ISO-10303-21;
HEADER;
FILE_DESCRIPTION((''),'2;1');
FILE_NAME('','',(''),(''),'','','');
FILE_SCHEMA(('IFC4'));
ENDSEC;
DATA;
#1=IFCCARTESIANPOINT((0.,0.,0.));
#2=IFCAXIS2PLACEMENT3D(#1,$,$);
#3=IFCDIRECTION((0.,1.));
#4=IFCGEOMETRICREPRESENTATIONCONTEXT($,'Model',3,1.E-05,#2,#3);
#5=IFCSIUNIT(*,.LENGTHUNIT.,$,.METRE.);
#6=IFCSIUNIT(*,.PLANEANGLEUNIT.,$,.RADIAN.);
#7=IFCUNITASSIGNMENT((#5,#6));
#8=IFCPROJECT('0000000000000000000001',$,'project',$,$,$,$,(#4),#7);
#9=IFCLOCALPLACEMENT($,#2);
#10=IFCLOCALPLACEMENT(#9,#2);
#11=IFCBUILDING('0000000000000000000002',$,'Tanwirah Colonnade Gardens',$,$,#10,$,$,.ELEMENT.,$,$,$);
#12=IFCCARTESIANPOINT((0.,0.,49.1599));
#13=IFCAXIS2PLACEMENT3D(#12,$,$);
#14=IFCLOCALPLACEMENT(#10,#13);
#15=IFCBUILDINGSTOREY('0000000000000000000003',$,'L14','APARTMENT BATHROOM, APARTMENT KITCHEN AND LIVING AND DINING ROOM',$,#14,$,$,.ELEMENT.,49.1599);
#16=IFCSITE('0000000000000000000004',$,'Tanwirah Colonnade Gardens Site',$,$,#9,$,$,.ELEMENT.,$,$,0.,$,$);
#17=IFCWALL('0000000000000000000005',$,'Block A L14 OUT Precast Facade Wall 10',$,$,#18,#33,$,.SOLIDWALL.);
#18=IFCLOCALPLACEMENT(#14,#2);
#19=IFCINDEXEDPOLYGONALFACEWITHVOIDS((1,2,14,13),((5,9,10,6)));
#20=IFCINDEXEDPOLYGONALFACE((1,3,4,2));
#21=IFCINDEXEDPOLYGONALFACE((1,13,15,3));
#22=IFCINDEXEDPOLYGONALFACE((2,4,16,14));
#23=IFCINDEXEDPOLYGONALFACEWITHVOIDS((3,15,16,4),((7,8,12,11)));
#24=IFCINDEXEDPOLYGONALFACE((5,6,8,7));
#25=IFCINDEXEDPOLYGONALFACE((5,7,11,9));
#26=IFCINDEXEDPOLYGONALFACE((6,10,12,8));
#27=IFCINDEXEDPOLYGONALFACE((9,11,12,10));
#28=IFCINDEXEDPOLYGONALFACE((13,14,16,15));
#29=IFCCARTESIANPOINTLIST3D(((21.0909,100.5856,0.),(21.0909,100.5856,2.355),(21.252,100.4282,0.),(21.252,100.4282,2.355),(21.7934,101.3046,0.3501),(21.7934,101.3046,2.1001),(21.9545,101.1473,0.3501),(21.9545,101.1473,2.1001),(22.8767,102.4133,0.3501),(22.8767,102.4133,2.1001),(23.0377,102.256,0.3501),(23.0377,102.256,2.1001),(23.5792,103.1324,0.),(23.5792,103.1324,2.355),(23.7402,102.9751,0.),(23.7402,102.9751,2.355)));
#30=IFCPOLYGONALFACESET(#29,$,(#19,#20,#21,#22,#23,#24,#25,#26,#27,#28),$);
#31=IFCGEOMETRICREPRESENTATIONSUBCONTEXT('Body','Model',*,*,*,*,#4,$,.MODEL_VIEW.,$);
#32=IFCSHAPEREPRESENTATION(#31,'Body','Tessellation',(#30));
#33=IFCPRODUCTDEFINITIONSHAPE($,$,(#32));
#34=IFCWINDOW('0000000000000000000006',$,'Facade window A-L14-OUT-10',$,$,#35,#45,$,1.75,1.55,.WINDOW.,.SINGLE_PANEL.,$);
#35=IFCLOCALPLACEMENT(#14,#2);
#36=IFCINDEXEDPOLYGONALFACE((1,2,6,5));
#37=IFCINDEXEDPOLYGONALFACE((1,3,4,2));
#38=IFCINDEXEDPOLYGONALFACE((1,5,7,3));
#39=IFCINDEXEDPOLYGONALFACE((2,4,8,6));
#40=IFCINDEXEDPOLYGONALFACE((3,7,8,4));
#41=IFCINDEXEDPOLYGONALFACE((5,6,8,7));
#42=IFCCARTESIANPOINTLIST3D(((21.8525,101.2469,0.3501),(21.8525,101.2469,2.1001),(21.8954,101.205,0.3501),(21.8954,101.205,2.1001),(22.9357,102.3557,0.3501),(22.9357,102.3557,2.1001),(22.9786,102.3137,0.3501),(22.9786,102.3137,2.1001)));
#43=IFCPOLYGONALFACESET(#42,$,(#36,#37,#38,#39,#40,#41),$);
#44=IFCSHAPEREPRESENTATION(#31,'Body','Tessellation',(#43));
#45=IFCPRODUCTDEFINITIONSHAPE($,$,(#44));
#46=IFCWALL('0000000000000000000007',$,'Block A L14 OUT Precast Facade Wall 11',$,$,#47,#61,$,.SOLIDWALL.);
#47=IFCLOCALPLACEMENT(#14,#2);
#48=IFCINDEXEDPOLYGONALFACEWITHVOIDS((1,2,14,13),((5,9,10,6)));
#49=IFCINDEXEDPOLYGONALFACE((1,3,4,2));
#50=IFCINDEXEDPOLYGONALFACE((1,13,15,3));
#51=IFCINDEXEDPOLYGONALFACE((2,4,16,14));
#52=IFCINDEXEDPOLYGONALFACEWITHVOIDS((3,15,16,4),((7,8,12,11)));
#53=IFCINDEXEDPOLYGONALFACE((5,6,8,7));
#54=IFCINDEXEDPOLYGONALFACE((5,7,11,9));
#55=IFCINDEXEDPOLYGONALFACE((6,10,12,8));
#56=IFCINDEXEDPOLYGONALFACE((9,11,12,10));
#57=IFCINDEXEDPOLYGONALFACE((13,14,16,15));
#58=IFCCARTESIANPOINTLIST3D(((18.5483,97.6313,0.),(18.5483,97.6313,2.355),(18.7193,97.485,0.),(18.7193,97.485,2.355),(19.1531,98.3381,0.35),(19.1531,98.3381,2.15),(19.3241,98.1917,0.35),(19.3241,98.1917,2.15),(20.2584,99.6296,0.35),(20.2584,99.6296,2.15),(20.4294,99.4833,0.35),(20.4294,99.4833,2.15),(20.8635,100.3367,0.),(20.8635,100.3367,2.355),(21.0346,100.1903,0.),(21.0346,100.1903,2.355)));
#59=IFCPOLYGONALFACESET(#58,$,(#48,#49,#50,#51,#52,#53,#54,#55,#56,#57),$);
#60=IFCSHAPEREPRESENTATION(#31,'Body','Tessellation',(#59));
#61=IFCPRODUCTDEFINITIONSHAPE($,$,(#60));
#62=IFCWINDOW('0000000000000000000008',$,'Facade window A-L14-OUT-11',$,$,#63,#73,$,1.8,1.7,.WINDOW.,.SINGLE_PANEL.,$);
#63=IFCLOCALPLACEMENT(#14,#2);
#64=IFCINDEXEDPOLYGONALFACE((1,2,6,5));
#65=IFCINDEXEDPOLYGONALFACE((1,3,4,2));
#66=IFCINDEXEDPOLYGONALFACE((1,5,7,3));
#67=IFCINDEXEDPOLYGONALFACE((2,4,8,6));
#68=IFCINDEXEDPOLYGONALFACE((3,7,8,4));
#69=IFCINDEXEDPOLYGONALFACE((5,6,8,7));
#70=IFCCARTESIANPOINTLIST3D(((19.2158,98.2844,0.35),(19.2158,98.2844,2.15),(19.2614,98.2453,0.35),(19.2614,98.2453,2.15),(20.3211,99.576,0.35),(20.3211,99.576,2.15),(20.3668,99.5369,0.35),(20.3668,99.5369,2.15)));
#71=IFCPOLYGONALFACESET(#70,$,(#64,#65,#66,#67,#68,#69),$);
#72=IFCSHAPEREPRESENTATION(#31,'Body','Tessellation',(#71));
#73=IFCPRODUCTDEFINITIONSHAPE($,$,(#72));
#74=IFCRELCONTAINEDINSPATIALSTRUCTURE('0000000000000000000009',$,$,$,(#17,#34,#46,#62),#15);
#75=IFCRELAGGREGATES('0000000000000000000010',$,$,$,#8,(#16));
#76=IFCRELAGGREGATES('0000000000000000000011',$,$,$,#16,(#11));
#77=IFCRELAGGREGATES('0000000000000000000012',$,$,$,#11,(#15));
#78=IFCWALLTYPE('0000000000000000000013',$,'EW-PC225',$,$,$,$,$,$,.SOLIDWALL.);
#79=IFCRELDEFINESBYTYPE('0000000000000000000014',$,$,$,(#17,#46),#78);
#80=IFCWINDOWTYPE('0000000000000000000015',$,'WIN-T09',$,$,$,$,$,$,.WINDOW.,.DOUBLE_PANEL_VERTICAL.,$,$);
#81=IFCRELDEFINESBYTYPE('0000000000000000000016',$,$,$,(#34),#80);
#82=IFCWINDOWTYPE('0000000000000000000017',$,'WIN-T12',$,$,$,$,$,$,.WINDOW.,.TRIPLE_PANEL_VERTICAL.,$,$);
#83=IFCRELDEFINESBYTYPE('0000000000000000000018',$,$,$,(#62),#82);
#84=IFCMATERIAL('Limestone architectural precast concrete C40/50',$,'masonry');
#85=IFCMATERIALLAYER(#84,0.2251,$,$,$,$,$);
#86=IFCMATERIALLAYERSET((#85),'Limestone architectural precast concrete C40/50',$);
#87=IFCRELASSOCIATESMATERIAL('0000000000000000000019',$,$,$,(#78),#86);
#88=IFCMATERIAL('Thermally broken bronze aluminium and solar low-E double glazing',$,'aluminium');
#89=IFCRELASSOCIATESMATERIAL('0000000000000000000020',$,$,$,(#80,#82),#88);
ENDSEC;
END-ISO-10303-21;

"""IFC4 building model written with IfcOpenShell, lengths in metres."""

from ifc_helpers import new_model, si_unit, direction, frame, frame_2d, origin, place, context, subcontext, project, spatial, rectangle, extrude, material, layer, layer_set, type_object, element, fill, save


model = new_model("IFC4")

# Units and contexts
model_context = context("Model", 3, precision=1e-05, world=origin(), true_north=direction((0.0, 1.0)))
body_context = subcontext(model_context, "Body", "Model", "MODEL_VIEW")
ifc_project = project(units=[si_unit("LENGTHUNIT", "METRE"), si_unit("PLANEANGLEUNIT", "RADIAN")], contexts=[model_context])

# Site, building, storey
site_placement = place(None, origin())
site = spatial("IfcSite", under=ifc_project, at=site_placement, Name="Tanwirah Colonnade Gardens Site", CompositionType="ELEMENT", RefElevation=0.0)
building_placement = place(site_placement, origin())
building = spatial("IfcBuilding", under=site, at=building_placement, Name="Tanwirah Colonnade Gardens", CompositionType="ELEMENT")
storey_placement = place(building_placement, frame((0.0, 0.0, 49.1599)))
storey = spatial("IfcBuildingStorey", under=building, at=storey_placement, Name="L14", Description="APARTMENT BATHROOM, APARTMENT KITCHEN AND LIVING AND DINING ROOM", CompositionType="ELEMENT", Elevation=49.1599)

# Shared definitions
ifc_material_1 = material(Name="Limestone architectural precast concrete C40/50", Category="masonry")
ifc_layer = layer(ifc_material_1, 0.2251)
ifc_layer_set = layer_set([ifc_layer], Name="Limestone architectural precast concrete C40/50")
wall_type = type_object("IfcWallType", Name="EW-PC225", PredefinedType="SOLIDWALL", material=ifc_layer_set)
ifc_material_2 = material(Name="Thermally broken bronze aluminium and solar low-E double glazing", Category="aluminium")

# Walls, openings, windows
wall_1_placement = place(storey_placement, frame((23.6597, 103.0537, 0.0), z_axis=(0.0, 0.0, 1.0), x_axis=(-0.698831, -0.715287, 0.0)))
wall_1 = element("IfcWall", 1, at=wall_1_placement, inside=storey, type_object=wall_type, Name="Block A L14 OUT Precast Facade Wall 10", PredefinedType="SOLIDWALL", context=body_context, shape_type="SweptSolid", body=[
    extrude(rectangle(XDim=3.5605, YDim=0.2251, at=frame_2d((1.7803, 0.0))), origin(), (0.0, 0.0, 1.0), 2.355),
])
opening_1_placement = place(wall_1_placement, frame((1.0054, 0.0, 0.3501)))
opening_1 = element("IfcOpeningElement", 2, at=opening_1_placement, cuts=wall_1, PredefinedType="OPENING", context=body_context, shape_type="SweptSolid", body=[
    extrude(rectangle(XDim=1.55, YDim=1.75, at=frame_2d((0.7749, 0.875))), frame((0.0, 0.1226, 0.0), z_axis=(0.0, -1.0, 0.0), x_axis=(1.0, 0.0, 0.0)), (0.0, 0.0, 1.0), 0.2451),
])
window_type_1 = type_object("IfcWindowType", Name="WIN-T09", PartitioningType="DOUBLE_PANEL_VERTICAL", PredefinedType="WINDOW", material=ifc_material_2)
window_1_placement = place(opening_1_placement, origin())
window_1 = element("IfcWindow", 3, at=window_1_placement, inside=storey, type_object=window_type_1, Name="Facade window A-L14-OUT-10", OverallHeight=1.75, OverallWidth=1.55, PartitioningType="SINGLE_PANEL", PredefinedType="WINDOW", context=body_context, shape_type="SweptSolid", body=[
    extrude(rectangle(XDim=1.55, YDim=1.75, at=frame_2d((0.7749, 0.875))), frame((0.0, 0.03, 0.0), z_axis=(0.0, -1.0, 0.0), x_axis=(1.0, 0.0, 0.0)), (0.0, 0.0, 1.0), 0.0601),
])
fill(opening_1, window_1)
wall_2_placement = place(storey_placement, frame((20.949, 100.2634, 0.0), z_axis=(0.0, 0.0, 1.0), x_axis=(-0.650198, -0.759765, 0.0)))
wall_2 = element("IfcWall", 4, at=wall_2_placement, inside=storey, type_object=wall_type, Name="Block A L14 OUT Precast Facade Wall 11", PredefinedType="SOLIDWALL", context=body_context, shape_type="SweptSolid", body=[
    extrude(rectangle(XDim=3.5608, YDim=0.2251, at=frame_2d((1.7803, 0.0))), origin(), (0.0, 0.0, 1.0), 2.355),
])
opening_2_placement = place(wall_2_placement, frame((0.9304, 0.0, 0.3501)))
opening_2 = element("IfcOpeningElement", 5, at=opening_2_placement, cuts=wall_2, PredefinedType="OPENING", context=body_context, shape_type="SweptSolid", body=[
    extrude(rectangle(XDim=1.7, YDim=1.8, at=frame_2d((0.8501, 0.8999))), frame((0.0, 0.1226, 0.0), z_axis=(0.0, -1.0, 0.0), x_axis=(1.0, 0.0, 0.0)), (0.0, 0.0, 1.0), 0.2451),
])
window_type_2 = type_object("IfcWindowType", Name="WIN-T12", PartitioningType="TRIPLE_PANEL_VERTICAL", PredefinedType="WINDOW", material=ifc_material_2)
window_2_placement = place(opening_2_placement, origin())
window_2 = element("IfcWindow", 6, at=window_2_placement, inside=storey, type_object=window_type_2, Name="Facade window A-L14-OUT-11", OverallHeight=1.8, OverallWidth=1.7, PartitioningType="SINGLE_PANEL", PredefinedType="WINDOW", context=body_context, shape_type="SweptSolid", body=[
    extrude(rectangle(XDim=1.7, YDim=1.8, at=frame_2d((0.8501, 0.8999))), frame((0.0, 0.03, 0.0), z_axis=(0.0, -1.0, 0.0), x_axis=(1.0, 0.0, 0.0)), (0.0, 0.0, 1.0), 0.0601),
])
fill(opening_2, window_2)

save(model, "model.ifc")
